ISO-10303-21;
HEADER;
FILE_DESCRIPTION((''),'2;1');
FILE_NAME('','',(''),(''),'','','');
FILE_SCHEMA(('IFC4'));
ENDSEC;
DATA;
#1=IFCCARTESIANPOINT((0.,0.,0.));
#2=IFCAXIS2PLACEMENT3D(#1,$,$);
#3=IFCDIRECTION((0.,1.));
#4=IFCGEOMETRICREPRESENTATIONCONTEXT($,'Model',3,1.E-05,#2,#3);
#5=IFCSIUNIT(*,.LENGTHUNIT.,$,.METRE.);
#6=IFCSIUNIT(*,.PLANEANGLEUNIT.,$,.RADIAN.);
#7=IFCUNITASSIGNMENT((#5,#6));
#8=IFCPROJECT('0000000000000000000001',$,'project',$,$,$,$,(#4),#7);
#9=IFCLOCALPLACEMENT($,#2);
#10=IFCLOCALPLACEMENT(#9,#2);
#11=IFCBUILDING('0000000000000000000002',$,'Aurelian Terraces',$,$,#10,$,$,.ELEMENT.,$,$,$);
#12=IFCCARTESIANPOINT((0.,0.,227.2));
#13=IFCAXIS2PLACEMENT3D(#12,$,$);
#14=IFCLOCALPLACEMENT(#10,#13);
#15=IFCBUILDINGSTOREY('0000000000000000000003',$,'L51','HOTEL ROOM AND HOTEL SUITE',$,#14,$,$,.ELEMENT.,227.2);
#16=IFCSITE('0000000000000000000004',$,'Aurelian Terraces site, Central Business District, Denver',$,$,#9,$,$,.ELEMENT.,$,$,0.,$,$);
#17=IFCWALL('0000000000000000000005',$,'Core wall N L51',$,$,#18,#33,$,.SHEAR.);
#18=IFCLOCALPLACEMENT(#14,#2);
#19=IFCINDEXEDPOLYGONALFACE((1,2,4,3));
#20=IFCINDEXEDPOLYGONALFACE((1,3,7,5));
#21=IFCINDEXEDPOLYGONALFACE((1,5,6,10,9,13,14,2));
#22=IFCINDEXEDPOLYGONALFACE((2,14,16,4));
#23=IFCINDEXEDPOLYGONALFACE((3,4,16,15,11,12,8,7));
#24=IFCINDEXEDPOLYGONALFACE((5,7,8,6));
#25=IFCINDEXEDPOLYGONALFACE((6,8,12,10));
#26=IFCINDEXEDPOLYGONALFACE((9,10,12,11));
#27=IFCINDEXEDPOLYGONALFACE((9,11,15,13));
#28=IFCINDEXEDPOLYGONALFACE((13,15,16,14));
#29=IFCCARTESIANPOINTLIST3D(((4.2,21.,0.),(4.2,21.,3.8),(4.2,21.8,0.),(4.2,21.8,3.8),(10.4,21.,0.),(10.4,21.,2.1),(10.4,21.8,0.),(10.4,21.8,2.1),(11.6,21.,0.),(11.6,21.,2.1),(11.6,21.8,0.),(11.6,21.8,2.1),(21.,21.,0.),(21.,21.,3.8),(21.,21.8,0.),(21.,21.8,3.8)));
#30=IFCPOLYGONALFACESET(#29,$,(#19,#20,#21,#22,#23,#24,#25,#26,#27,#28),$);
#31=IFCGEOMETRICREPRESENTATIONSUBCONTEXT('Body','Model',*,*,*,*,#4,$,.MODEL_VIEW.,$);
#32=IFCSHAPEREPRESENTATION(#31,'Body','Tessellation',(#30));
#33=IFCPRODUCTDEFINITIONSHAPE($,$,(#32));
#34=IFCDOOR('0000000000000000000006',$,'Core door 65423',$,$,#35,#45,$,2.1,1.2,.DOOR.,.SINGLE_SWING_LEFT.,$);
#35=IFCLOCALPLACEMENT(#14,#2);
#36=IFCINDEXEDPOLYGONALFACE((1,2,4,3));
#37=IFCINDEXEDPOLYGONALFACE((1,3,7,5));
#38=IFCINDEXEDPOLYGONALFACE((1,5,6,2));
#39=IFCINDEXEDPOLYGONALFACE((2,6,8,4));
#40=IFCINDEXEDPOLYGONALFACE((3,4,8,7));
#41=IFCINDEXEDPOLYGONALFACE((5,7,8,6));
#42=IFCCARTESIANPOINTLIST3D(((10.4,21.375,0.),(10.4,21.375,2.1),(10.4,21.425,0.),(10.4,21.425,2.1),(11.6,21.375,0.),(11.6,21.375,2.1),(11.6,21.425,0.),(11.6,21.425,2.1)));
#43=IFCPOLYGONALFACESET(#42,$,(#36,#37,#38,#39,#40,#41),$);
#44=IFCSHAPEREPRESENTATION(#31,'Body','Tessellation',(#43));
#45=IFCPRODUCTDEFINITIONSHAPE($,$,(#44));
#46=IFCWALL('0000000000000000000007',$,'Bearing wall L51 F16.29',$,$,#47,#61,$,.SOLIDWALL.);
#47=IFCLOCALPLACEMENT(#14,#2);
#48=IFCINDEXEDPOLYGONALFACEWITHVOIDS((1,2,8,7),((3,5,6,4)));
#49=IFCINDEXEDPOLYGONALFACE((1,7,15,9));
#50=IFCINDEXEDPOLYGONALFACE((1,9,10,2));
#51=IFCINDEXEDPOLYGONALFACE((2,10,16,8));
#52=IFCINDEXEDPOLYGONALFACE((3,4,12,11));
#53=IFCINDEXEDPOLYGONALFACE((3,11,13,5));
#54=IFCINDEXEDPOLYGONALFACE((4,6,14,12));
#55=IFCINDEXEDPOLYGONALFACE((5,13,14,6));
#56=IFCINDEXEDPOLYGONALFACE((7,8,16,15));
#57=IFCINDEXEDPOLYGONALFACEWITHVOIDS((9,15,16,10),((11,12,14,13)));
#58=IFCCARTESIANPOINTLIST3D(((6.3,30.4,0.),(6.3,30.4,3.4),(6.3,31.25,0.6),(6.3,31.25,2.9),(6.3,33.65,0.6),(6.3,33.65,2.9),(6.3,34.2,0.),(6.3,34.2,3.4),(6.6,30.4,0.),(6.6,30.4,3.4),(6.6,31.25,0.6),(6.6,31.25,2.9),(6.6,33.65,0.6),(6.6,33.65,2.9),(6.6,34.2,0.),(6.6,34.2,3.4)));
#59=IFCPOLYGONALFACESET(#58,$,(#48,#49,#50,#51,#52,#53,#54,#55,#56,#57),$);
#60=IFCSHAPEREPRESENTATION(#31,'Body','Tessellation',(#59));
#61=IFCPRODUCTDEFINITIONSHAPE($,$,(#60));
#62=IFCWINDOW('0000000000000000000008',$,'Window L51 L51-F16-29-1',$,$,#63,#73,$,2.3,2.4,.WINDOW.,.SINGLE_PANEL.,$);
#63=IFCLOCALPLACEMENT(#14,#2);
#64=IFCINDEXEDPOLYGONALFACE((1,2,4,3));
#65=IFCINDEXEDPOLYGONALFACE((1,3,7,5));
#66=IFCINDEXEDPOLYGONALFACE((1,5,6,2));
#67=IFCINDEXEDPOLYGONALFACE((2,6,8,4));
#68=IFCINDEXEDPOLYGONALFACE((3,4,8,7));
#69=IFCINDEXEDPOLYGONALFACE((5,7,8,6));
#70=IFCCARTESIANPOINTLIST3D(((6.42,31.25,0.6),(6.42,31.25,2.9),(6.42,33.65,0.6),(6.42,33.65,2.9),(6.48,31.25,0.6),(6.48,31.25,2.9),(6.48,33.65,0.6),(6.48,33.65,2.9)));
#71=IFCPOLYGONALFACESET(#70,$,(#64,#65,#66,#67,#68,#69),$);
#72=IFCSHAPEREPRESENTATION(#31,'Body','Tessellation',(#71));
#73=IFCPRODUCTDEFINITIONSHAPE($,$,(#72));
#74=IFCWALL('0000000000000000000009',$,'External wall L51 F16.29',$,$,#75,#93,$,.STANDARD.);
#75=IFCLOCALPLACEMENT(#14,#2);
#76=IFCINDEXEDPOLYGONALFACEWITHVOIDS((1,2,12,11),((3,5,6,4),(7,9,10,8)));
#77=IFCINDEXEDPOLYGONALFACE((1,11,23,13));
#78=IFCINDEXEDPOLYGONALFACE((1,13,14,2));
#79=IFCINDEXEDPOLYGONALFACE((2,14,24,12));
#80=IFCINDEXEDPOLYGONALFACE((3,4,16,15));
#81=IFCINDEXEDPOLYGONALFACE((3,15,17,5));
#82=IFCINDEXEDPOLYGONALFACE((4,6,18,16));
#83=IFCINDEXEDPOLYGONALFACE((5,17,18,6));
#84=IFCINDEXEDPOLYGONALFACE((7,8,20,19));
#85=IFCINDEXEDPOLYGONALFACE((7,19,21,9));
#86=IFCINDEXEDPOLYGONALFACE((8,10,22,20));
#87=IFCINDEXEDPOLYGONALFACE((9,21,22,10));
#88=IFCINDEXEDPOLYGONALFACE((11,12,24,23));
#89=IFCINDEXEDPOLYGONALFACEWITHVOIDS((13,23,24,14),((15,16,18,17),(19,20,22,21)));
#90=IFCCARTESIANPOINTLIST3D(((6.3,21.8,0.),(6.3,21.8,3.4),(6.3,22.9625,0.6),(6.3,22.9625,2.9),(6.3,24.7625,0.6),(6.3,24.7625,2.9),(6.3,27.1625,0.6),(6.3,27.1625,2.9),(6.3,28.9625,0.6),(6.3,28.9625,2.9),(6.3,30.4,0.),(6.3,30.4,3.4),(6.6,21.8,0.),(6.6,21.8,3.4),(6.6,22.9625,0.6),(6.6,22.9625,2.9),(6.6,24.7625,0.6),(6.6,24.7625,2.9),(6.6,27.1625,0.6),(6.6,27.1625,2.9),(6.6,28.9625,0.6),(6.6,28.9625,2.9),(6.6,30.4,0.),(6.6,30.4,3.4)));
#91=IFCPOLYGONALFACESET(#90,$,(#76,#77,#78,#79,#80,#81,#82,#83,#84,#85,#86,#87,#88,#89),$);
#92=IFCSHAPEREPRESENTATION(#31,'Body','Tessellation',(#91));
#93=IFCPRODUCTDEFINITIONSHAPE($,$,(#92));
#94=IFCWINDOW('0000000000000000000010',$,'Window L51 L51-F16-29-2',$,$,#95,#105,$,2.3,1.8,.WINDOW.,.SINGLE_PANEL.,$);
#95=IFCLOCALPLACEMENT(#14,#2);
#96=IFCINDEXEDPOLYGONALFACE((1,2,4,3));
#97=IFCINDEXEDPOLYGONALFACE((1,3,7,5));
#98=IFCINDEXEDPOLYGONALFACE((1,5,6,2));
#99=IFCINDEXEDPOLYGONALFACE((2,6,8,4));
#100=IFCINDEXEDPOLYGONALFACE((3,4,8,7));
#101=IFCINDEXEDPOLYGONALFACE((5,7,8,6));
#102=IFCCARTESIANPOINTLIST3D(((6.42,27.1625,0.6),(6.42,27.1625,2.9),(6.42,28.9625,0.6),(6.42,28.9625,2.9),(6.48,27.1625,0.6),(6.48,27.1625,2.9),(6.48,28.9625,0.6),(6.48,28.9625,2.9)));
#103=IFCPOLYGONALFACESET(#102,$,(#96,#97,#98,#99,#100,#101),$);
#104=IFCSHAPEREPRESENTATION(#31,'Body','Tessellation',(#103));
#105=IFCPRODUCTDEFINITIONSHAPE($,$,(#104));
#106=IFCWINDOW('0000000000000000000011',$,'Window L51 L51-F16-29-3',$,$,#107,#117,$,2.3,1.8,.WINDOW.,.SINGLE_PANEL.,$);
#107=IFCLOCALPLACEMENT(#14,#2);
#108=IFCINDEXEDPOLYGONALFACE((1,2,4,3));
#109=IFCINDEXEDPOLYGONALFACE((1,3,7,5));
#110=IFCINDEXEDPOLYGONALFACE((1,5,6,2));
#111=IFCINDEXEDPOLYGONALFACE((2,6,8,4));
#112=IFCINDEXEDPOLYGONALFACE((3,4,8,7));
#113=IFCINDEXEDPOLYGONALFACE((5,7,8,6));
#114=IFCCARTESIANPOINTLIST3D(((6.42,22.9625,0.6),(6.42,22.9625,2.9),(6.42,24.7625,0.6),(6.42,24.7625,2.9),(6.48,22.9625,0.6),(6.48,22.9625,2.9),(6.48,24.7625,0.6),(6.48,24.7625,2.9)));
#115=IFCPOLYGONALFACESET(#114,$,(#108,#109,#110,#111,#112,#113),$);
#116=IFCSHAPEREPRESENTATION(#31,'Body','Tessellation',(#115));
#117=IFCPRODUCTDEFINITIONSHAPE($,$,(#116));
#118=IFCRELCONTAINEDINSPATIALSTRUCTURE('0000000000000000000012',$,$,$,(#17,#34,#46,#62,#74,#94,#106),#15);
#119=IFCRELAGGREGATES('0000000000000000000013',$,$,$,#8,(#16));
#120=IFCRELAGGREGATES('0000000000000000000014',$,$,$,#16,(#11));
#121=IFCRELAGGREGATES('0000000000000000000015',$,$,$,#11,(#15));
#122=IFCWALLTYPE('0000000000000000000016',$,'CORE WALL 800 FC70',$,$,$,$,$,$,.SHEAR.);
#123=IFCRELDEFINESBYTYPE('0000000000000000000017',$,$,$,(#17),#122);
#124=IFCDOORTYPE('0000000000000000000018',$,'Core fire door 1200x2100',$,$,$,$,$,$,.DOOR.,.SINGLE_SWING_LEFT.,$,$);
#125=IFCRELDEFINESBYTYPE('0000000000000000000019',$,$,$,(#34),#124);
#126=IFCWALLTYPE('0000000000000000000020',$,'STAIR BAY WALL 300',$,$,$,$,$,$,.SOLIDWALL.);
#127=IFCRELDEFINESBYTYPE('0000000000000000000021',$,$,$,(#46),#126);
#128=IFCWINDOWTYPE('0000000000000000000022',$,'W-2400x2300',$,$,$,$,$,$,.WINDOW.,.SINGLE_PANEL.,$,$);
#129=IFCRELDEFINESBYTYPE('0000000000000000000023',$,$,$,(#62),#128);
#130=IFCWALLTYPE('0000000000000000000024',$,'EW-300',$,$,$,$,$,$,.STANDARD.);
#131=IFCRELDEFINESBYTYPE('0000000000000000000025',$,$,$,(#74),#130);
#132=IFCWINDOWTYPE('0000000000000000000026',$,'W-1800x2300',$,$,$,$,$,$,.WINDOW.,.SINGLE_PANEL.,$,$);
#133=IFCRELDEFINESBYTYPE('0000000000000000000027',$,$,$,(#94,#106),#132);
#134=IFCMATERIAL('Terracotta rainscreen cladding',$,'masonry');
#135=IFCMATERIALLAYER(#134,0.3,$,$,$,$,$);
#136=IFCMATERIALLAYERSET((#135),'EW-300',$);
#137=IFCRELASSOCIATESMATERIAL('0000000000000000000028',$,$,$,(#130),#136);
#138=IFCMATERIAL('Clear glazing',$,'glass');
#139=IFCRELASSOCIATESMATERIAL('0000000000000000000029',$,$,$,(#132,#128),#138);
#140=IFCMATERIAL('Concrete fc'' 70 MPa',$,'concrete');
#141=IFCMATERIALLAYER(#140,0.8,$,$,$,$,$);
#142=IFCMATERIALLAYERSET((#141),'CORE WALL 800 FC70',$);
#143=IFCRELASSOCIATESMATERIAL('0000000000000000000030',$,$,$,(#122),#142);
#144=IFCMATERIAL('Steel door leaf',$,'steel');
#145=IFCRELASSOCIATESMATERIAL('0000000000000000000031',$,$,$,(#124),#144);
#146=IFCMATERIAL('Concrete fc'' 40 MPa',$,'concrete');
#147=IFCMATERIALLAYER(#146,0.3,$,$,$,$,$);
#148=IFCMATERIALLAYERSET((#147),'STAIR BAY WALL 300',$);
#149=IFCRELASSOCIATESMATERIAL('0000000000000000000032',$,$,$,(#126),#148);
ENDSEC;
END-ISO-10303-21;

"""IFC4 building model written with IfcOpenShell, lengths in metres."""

from ifc_helpers import new_model, si_unit, direction, frame, frame_2d, origin, place, context, subcontext, project, spatial, rectangle, extrude, source, transform, mapped, material, layer, layer_set, type_object, element, fill, save


model = new_model("IFC4")

# Units and contexts
model_context = context("Model", 3, precision=1e-05, world=origin(), true_north=direction((0.0, 1.0)))
body_context = subcontext(model_context, "Body", "Model", "MODEL_VIEW")
ifc_project = project(units=[si_unit("LENGTHUNIT", "METRE"), si_unit("PLANEANGLEUNIT", "RADIAN")], contexts=[model_context])

# Site, building, storey
site_placement = place(None, origin())
site = spatial("IfcSite", under=ifc_project, at=site_placement, Name="Aurelian Terraces site, Central Business District, Denver", CompositionType="ELEMENT", RefElevation=0.0)
building_placement = place(site_placement, origin())
building = spatial("IfcBuilding", under=site, at=building_placement, Name="Aurelian Terraces", CompositionType="ELEMENT")
storey_placement = place(building_placement, frame((0.0, 0.0, 227.2)))
storey = spatial("IfcBuildingStorey", under=building, at=storey_placement, Name="L51", Description="HOTEL ROOM AND HOTEL SUITE", CompositionType="ELEMENT", Elevation=227.2)

# Shared definitions
ifc_material_1 = material(Name="Concrete fc' 70 MPa", Category="concrete")

# Shared definitions
ifc_material_2 = material(Name="Concrete fc' 40 MPa", Category="concrete")

# Shared definitions
ifc_material_3 = material(Name="Terracotta rainscreen cladding", Category="masonry")
ifc_layer_1 = layer(ifc_material_3, 0.3)
ifc_layer_set_1 = layer_set([ifc_layer_1], Name="EW-300")
wall_type_1 = type_object("IfcWallType", Name="EW-300", PredefinedType="STANDARD", material=ifc_layer_set_1)
shared_shape_1 = source(origin(), body_context, "Body", "SweptSolid", [
    extrude(rectangle(XDim=1.8, YDim=2.3, at=frame_2d((0.9, 1.15))), frame((0.0, 0.16, 0.0), z_axis=(0.0, -1.0, 0.0), x_axis=(1.0, 0.0, 0.0)), (0.0, 0.0, 1.0), 0.32),
])
ifc_material_4 = material(Name="Clear glazing", Category="glass")
window_type_1 = type_object("IfcWindowType", Name="W-1800x2300", PartitioningType="SINGLE_PANEL", PredefinedType="WINDOW", material=ifc_material_4)
shared_shape_2 = source(origin(), body_context, "Body", "SweptSolid", [
    extrude(rectangle(XDim=1.8, YDim=2.3, at=frame_2d((0.9, 1.15))), frame((0.0, 0.03, 0.0), z_axis=(0.0, -1.0, 0.0), x_axis=(1.0, 0.0, 0.0)), (0.0, 0.0, 1.0), 0.06),
])

# Wall, opening, door
ifc_layer_2 = layer(ifc_material_1, 0.8)
ifc_layer_set_2 = layer_set([ifc_layer_2], Name="CORE WALL 800 FC70")
wall_type_2 = type_object("IfcWallType", Name="CORE WALL 800 FC70", PredefinedType="SHEAR", material=ifc_layer_set_2)
shared_shape_3 = source(origin(), body_context, "Body", "SweptSolid", [
    extrude(rectangle(XDim=16.8, YDim=0.8, at=frame_2d((8.4, 0.0))), origin(), (0.0, 0.0, 1.0), 3.8),
])
wall_1_placement = place(storey_placement, frame((4.2, 21.4, 0.0), z_axis=(0.0, 0.0, 1.0), x_axis=(1.0, 0.0, 0.0)))
wall_1 = element("IfcWall", 1, at=wall_1_placement, inside=storey, type_object=wall_type_2, Name="Core wall N L51", PredefinedType="SHEAR", context=body_context, shape_type="MappedRepresentation", body=[
    mapped(shared_shape_3, transform((0.0, 0.0, 0.0), scale=1.0)),
])
shared_shape_4 = source(origin(), body_context, "Body", "SweptSolid", [
    extrude(rectangle(XDim=1.2, YDim=2.1, at=frame_2d((0.6, 1.05))), frame((0.0, 0.41, 0.0), z_axis=(0.0, -1.0, 0.0), x_axis=(1.0, 0.0, 0.0)), (0.0, 0.0, 1.0), 0.82),
])
opening_1_placement = place(wall_1_placement, frame((6.2, 0.0, 0.0)))
opening_1 = element("IfcOpeningElement", 2, at=opening_1_placement, cuts=wall_1, PredefinedType="OPENING", context=body_context, shape_type="MappedRepresentation", body=[
    mapped(shared_shape_4, transform((0.0, 0.0, 0.0), scale=1.0)),
])
ifc_material_5 = material(Name="Steel door leaf", Category="steel")
door_type_1 = type_object("IfcDoorType", Name="Core fire door 1200x2100", OperationType="SINGLE_SWING_LEFT", PredefinedType="DOOR", material=ifc_material_5)
shared_shape_5 = source(origin(), body_context, "Body", "SweptSolid", [
    extrude(rectangle(XDim=1.2, YDim=2.1, at=frame_2d((0.6, 1.05))), frame((0.0, 0.025, 0.0), z_axis=(0.0, -1.0, 0.0), x_axis=(1.0, 0.0, 0.0)), (0.0, 0.0, 1.0), 0.05),
])
door_1_placement = place(opening_1_placement, origin())
door_1 = element("IfcDoor", 3, at=door_1_placement, inside=storey, type_object=door_type_1, Name="Core door 65423", OperationType="SINGLE_SWING_LEFT", OverallHeight=2.1, OverallWidth=1.2, PredefinedType="DOOR", context=body_context, shape_type="MappedRepresentation", body=[
    mapped(shared_shape_5, transform((0.0, 0.0, 0.0), scale=1.0)),
])
fill(opening_1, door_1)

# Wall, opening, window
ifc_layer_3 = layer(ifc_material_2, 0.3)
ifc_layer_set_3 = layer_set([ifc_layer_3], Name="STAIR BAY WALL 300")
wall_type_3 = type_object("IfcWallType", Name="STAIR BAY WALL 300", PredefinedType="SOLIDWALL", material=ifc_layer_set_3)
shared_shape_6 = source(origin(), body_context, "Body", "SweptSolid", [
    extrude(rectangle(XDim=3.8, YDim=0.3, at=frame_2d((1.9, 0.0))), origin(), (0.0, 0.0, 1.0), 3.4),
])
wall_2_placement = place(storey_placement, frame((6.45, 34.2, 0.0), z_axis=(0.0, 0.0, 1.0), x_axis=(0.0, -1.0, 0.0)))
wall_2 = element("IfcWall", 4, at=wall_2_placement, inside=storey, type_object=wall_type_3, Name="Bearing wall L51 F16.29", PredefinedType="SOLIDWALL", context=body_context, shape_type="MappedRepresentation", body=[
    mapped(shared_shape_6, transform((0.0, 0.0, 0.0), scale=1.0)),
])
shared_shape_7 = source(origin(), body_context, "Body", "SweptSolid", [
    extrude(rectangle(XDim=2.4, YDim=2.3, at=frame_2d((1.2, 1.15))), frame((0.0, 0.16, 0.0), z_axis=(0.0, -1.0, 0.0), x_axis=(1.0, 0.0, 0.0)), (0.0, 0.0, 1.0), 0.32),
])
opening_2_placement = place(wall_2_placement, frame((0.55, 0.0, 0.6)))
opening_2 = element("IfcOpeningElement", 5, at=opening_2_placement, cuts=wall_2, PredefinedType="OPENING", context=body_context, shape_type="MappedRepresentation", body=[
    mapped(shared_shape_7, transform((0.0, 0.0, 0.0), scale=1.0)),
])
window_type_2 = type_object("IfcWindowType", Name="W-2400x2300", PartitioningType="SINGLE_PANEL", PredefinedType="WINDOW", material=ifc_material_4)
shared_shape_8 = source(origin(), body_context, "Body", "SweptSolid", [
    extrude(rectangle(XDim=2.4, YDim=2.3, at=frame_2d((1.2, 1.15))), frame((0.0, 0.03, 0.0), z_axis=(0.0, -1.0, 0.0), x_axis=(1.0, 0.0, 0.0)), (0.0, 0.0, 1.0), 0.06),
])
window_1_placement = place(opening_2_placement, origin())
window_1 = element("IfcWindow", 6, at=window_1_placement, inside=storey, type_object=window_type_2, Name="Window L51 L51-F16-29-1", OverallHeight=2.3, OverallWidth=2.4, PartitioningType="SINGLE_PANEL", PredefinedType="WINDOW", context=body_context, shape_type="MappedRepresentation", body=[
    mapped(shared_shape_8, transform((0.0, 0.0, 0.0), scale=1.0)),
])
fill(opening_2, window_1)

# Wall, openings, windows
shared_shape_9 = source(origin(), body_context, "Body", "SweptSolid", [
    extrude(rectangle(XDim=8.6, YDim=0.3, at=frame_2d((4.3, 0.0))), origin(), (0.0, 0.0, 1.0), 3.4),
])
wall_3_placement = place(storey_placement, frame((6.45, 30.4, 0.0), z_axis=(0.0, 0.0, 1.0), x_axis=(0.0, -1.0, 0.0)))
wall_3 = element("IfcWall", 7, at=wall_3_placement, inside=storey, type_object=wall_type_1, Name="External wall L51 F16.29", PredefinedType="STANDARD", context=body_context, shape_type="MappedRepresentation", body=[
    mapped(shared_shape_9, transform((0.0, 0.0, 0.0), scale=1.0)),
])
opening_3_placement = place(wall_3_placement, frame((1.4375, 0.0, 0.6)))
opening_3 = element("IfcOpeningElement", 8, at=opening_3_placement, cuts=wall_3, PredefinedType="OPENING", context=body_context, shape_type="MappedRepresentation", body=[
    mapped(shared_shape_1, transform((0.0, 0.0, 0.0), scale=1.0)),
])
opening_4_placement = place(wall_3_placement, frame((5.6375, 0.0, 0.6)))
opening_4 = element("IfcOpeningElement", 9, at=opening_4_placement, cuts=wall_3, PredefinedType="OPENING", context=body_context, shape_type="MappedRepresentation", body=[
    mapped(shared_shape_1, transform((0.0, 0.0, 0.0), scale=1.0)),
])
window_2_placement = place(opening_3_placement, origin())
window_2 = element("IfcWindow", 10, at=window_2_placement, inside=storey, type_object=window_type_1, Name="Window L51 L51-F16-29-2", OverallHeight=2.3, OverallWidth=1.8, PartitioningType="SINGLE_PANEL", PredefinedType="WINDOW", context=body_context, shape_type="MappedRepresentation", body=[
    mapped(shared_shape_2, transform((0.0, 0.0, 0.0), scale=1.0)),
])
fill(opening_3, window_2)
window_3_placement = place(opening_4_placement, origin())
window_3 = element("IfcWindow", 11, at=window_3_placement, inside=storey, type_object=window_type_1, Name="Window L51 L51-F16-29-3", OverallHeight=2.3, OverallWidth=1.8, PartitioningType="SINGLE_PANEL", PredefinedType="WINDOW", context=body_context, shape_type="MappedRepresentation", body=[
    mapped(shared_shape_2, transform((0.0, 0.0, 0.0), scale=1.0)),
])
fill(opening_4, window_3)

save(model, "model.ifc")
